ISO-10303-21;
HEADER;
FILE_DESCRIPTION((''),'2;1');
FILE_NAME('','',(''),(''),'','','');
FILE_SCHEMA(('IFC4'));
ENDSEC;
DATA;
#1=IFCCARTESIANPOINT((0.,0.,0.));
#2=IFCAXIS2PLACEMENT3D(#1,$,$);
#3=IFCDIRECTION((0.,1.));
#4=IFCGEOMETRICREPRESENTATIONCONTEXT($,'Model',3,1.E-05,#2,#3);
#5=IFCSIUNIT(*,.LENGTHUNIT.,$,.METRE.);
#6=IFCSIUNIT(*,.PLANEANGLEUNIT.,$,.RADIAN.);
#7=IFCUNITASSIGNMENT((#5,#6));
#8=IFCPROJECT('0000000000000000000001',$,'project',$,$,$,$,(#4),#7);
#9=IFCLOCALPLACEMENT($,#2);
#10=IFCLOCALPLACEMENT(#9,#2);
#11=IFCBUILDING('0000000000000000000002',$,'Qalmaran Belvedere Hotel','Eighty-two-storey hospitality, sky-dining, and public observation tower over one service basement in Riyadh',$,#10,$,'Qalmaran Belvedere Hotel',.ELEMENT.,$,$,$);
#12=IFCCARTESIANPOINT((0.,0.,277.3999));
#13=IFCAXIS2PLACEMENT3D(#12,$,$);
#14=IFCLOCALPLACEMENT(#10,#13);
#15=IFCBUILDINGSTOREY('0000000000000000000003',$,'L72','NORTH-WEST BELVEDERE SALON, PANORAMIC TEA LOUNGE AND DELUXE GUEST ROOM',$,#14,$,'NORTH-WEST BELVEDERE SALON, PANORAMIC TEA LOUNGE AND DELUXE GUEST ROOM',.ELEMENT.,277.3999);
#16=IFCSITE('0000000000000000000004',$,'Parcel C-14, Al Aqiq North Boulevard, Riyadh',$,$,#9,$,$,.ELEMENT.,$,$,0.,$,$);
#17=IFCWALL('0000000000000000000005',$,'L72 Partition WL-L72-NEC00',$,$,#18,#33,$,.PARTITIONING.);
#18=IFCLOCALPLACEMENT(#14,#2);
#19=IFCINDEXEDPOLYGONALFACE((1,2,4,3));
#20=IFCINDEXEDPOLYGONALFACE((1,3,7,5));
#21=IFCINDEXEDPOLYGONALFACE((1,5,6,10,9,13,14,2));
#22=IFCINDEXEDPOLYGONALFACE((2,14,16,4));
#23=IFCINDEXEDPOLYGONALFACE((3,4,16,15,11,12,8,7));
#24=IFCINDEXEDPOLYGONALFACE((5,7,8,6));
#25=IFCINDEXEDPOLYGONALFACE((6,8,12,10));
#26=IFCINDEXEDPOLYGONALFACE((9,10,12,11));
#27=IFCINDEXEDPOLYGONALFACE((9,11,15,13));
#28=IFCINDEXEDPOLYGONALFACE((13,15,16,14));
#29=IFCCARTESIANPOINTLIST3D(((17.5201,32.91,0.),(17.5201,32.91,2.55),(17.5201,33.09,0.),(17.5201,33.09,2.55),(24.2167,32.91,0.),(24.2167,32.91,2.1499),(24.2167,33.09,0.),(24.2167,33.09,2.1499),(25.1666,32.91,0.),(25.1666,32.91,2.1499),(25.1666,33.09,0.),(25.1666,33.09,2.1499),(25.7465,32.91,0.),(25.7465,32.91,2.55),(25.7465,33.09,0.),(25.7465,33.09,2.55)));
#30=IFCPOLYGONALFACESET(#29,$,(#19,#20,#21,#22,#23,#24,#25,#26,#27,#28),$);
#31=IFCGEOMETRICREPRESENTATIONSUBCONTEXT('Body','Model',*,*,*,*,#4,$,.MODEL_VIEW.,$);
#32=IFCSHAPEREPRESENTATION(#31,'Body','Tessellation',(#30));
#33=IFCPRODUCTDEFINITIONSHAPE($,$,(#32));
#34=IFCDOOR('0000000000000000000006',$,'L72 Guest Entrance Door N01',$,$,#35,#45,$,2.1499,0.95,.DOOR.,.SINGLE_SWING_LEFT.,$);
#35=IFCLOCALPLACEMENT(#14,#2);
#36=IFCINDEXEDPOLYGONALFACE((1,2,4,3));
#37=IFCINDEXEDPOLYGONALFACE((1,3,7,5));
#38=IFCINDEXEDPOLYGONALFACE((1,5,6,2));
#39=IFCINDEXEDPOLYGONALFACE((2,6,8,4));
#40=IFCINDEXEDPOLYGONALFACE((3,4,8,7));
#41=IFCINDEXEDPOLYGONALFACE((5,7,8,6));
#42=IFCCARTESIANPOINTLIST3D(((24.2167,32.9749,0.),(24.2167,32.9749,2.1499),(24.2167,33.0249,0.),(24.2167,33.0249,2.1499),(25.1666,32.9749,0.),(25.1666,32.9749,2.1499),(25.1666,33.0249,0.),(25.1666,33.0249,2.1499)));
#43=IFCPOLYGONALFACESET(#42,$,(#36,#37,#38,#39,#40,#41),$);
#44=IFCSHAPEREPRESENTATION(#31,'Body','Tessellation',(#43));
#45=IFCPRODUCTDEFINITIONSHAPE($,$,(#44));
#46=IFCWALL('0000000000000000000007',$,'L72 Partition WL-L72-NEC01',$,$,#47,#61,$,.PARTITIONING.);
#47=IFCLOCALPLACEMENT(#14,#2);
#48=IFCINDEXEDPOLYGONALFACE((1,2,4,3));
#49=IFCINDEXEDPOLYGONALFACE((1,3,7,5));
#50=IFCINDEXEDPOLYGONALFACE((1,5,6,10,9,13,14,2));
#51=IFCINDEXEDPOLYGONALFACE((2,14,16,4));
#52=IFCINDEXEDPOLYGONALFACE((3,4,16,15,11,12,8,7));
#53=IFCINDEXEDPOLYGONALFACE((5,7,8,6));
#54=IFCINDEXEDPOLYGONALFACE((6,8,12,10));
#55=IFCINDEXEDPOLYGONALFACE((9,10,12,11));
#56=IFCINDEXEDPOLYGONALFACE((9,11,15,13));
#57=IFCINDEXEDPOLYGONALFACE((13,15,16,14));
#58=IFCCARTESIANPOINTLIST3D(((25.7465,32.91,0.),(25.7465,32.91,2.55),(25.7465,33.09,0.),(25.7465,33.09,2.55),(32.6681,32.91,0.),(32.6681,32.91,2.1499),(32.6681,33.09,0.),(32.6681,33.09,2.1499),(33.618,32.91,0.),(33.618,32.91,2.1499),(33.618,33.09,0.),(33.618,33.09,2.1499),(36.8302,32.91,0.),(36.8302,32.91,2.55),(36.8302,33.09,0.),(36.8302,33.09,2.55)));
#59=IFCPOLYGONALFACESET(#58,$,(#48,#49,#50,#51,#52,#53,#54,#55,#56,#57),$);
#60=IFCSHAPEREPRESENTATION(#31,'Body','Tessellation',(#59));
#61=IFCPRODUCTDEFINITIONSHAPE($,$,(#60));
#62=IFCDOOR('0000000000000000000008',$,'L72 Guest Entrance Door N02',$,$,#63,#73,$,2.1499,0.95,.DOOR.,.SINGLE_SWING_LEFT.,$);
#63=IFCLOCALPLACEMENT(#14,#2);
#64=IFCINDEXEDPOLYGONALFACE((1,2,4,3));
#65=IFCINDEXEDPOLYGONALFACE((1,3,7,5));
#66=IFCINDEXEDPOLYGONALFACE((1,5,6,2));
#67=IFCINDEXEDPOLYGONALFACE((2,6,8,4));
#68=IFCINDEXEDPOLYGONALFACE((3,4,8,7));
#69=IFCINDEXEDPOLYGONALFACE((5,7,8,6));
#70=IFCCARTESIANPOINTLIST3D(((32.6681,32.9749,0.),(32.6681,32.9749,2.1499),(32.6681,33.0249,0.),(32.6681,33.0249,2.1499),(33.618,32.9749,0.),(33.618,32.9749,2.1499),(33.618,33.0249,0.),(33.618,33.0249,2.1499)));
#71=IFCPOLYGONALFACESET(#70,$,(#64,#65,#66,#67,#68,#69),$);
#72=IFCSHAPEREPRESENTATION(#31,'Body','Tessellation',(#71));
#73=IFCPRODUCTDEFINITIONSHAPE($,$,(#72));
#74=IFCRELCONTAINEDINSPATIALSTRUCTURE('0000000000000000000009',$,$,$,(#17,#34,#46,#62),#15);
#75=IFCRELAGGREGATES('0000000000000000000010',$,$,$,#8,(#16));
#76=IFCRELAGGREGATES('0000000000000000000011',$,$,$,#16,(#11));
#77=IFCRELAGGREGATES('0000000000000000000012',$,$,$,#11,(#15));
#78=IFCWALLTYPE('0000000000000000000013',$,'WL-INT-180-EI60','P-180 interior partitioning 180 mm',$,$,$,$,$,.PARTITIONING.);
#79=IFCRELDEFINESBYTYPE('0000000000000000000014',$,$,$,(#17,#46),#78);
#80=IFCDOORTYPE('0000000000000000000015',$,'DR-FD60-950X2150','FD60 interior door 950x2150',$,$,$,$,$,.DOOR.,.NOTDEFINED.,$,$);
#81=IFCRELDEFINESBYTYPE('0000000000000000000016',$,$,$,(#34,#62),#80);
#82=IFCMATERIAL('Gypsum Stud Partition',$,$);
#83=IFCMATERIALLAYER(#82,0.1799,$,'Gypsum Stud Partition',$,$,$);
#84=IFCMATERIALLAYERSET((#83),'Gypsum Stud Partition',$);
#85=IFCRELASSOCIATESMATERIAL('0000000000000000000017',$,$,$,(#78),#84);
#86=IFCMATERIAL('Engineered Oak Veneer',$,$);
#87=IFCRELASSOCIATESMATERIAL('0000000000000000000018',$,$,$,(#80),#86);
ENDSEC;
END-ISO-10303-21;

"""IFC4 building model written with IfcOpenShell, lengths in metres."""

from ifc_helpers import new_model, si_unit, direction, frame, frame_2d, origin, place, context, subcontext, project, spatial, rectangle, extrude, material, layer, layer_set, type_object, element, fill, save


model = new_model("IFC4")

# Units and contexts
model_context = context("Model", 3, precision=1e-05, world=origin(), true_north=direction((0.0, 1.0)))
body_context = subcontext(model_context, "Body", "Model", "MODEL_VIEW")
ifc_project = project(units=[si_unit("LENGTHUNIT", "METRE"), si_unit("PLANEANGLEUNIT", "RADIAN")], contexts=[model_context])

# Site, building, storey
site_placement = place(None, origin())
site = spatial("IfcSite", under=ifc_project, at=site_placement, Name="Parcel C-14, Al Aqiq North Boulevard, Riyadh", CompositionType="ELEMENT", RefElevation=0.0)
building_placement = place(site_placement, origin())
building = spatial("IfcBuilding", under=site, at=building_placement, Name="Qalmaran Belvedere Hotel", Description="Eighty-two-storey hospitality, sky-dining, and public observation tower over one service basement in Riyadh", LongName="Qalmaran Belvedere Hotel", CompositionType="ELEMENT")
storey_placement = place(building_placement, frame((0.0, 0.0, 277.3999)))
storey = spatial("IfcBuildingStorey", under=building, at=storey_placement, Name="L72", Description="NORTH-WEST BELVEDERE SALON, PANORAMIC TEA LOUNGE AND DELUXE GUEST ROOM", LongName="NORTH-WEST BELVEDERE SALON, PANORAMIC TEA LOUNGE AND DELUXE GUEST ROOM", CompositionType="ELEMENT", Elevation=277.3999)

# Shared definitions
ifc_material_1 = material(Name="Engineered Oak Veneer")

# Shared definitions
ifc_material_2 = material(Name="Gypsum Stud Partition")
ifc_layer_1 = layer(ifc_material_2, 0.1799, Name="Gypsum Stud Partition")
ifc_layer_set_1 = layer_set([ifc_layer_1], Name="Gypsum Stud Partition")
wall_type_1 = type_object("IfcWallType", Name="WL-INT-180-EI60", Description="P-180 interior partitioning 180 mm", PredefinedType="PARTITIONING", material=ifc_layer_set_1)

# Walls, openings, doors
wall_1_placement = place(storey_placement, frame((17.52, 33.0, 0.0), z_axis=(0.0, 0.0, 1.0), x_axis=(1.0, 0.0, 0.0)))
wall_1 = element("IfcWall", 1, at=wall_1_placement, inside=storey, type_object=wall_type_1, Name="L72 Partition WL-L72-NEC00", PredefinedType="PARTITIONING", context=body_context, shape_type="SweptSolid", body=[
    extrude(rectangle(XDim=8.2263, YDim=0.1799, at=frame_2d((4.1133, 0.0))), origin(), (0.0, 0.0, 1.0), 2.55),
])
opening_1_placement = place(wall_1_placement, frame((6.6965, 0.0, 0.0)))
opening_1 = element("IfcOpeningElement", 2, at=opening_1_placement, cuts=wall_1, PredefinedType="OPENING", context=body_context, shape_type="SweptSolid", body=[
    extrude(rectangle(XDim=0.95, YDim=2.1499, at=frame_2d((0.4751, 1.075))), frame((0.0, 0.1001, 0.0), z_axis=(0.0, -1.0, 0.0), x_axis=(1.0, 0.0, 0.0)), (0.0, 0.0, 1.0), 0.2),
])
door_type_1 = type_object("IfcDoorType", Name="DR-FD60-950X2150", Description="FD60 interior door 950x2150", OperationType="NOTDEFINED", PredefinedType="DOOR", material=ifc_material_1)
door_1_placement = place(opening_1_placement, origin())
door_1 = element("IfcDoor", 3, at=door_1_placement, inside=storey, type_object=door_type_1, Name="L72 Guest Entrance Door N01", OperationType="SINGLE_SWING_LEFT", OverallHeight=2.1499, OverallWidth=0.95, PredefinedType="DOOR", context=body_context, shape_type="SweptSolid", body=[
    extrude(rectangle(XDim=0.95, YDim=2.1499, at=frame_2d((0.4751, 1.075))), frame((0.0, 0.0249, 0.0), z_axis=(0.0, -1.0, 0.0), x_axis=(1.0, 0.0, 0.0)), (0.0, 0.0, 1.0), 0.05),
])
fill(opening_1, door_1)
wall_2_placement = place(storey_placement, frame((25.7463, 33.0, 0.0), z_axis=(0.0, 0.0, 1.0), x_axis=(1.0, 0.0, 0.0)))
wall_2 = element("IfcWall", 4, at=wall_2_placement, inside=storey, type_object=wall_type_1, Name="L72 Partition WL-L72-NEC01", PredefinedType="PARTITIONING", context=body_context, shape_type="SweptSolid", body=[
    extrude(rectangle(XDim=11.0837, YDim=0.1799, at=frame_2d((5.542, 0.0))), origin(), (0.0, 0.0, 1.0), 2.55),
])
opening_2_placement = place(wall_2_placement, frame((6.9216, 0.0, 0.0)))
opening_2 = element("IfcOpeningElement", 5, at=opening_2_placement, cuts=wall_2, PredefinedType="OPENING", context=body_context, shape_type="SweptSolid", body=[
    extrude(rectangle(XDim=0.95, YDim=2.1499, at=frame_2d((0.4751, 1.075))), frame((0.0, 0.1001, 0.0), z_axis=(0.0, -1.0, 0.0), x_axis=(1.0, 0.0, 0.0)), (0.0, 0.0, 1.0), 0.2),
])
door_2_placement = place(opening_2_placement, origin())
door_2 = element("IfcDoor", 6, at=door_2_placement, inside=storey, type_object=door_type_1, Name="L72 Guest Entrance Door N02", OperationType="SINGLE_SWING_LEFT", OverallHeight=2.1499, OverallWidth=0.95, PredefinedType="DOOR", context=body_context, shape_type="SweptSolid", body=[
    extrude(rectangle(XDim=0.95, YDim=2.1499, at=frame_2d((0.4751, 1.075))), frame((0.0, 0.0249, 0.0), z_axis=(0.0, -1.0, 0.0), x_axis=(1.0, 0.0, 0.0)), (0.0, 0.0, 1.0), 0.05),
])
fill(opening_2, door_2)

save(model, "model.ifc")
